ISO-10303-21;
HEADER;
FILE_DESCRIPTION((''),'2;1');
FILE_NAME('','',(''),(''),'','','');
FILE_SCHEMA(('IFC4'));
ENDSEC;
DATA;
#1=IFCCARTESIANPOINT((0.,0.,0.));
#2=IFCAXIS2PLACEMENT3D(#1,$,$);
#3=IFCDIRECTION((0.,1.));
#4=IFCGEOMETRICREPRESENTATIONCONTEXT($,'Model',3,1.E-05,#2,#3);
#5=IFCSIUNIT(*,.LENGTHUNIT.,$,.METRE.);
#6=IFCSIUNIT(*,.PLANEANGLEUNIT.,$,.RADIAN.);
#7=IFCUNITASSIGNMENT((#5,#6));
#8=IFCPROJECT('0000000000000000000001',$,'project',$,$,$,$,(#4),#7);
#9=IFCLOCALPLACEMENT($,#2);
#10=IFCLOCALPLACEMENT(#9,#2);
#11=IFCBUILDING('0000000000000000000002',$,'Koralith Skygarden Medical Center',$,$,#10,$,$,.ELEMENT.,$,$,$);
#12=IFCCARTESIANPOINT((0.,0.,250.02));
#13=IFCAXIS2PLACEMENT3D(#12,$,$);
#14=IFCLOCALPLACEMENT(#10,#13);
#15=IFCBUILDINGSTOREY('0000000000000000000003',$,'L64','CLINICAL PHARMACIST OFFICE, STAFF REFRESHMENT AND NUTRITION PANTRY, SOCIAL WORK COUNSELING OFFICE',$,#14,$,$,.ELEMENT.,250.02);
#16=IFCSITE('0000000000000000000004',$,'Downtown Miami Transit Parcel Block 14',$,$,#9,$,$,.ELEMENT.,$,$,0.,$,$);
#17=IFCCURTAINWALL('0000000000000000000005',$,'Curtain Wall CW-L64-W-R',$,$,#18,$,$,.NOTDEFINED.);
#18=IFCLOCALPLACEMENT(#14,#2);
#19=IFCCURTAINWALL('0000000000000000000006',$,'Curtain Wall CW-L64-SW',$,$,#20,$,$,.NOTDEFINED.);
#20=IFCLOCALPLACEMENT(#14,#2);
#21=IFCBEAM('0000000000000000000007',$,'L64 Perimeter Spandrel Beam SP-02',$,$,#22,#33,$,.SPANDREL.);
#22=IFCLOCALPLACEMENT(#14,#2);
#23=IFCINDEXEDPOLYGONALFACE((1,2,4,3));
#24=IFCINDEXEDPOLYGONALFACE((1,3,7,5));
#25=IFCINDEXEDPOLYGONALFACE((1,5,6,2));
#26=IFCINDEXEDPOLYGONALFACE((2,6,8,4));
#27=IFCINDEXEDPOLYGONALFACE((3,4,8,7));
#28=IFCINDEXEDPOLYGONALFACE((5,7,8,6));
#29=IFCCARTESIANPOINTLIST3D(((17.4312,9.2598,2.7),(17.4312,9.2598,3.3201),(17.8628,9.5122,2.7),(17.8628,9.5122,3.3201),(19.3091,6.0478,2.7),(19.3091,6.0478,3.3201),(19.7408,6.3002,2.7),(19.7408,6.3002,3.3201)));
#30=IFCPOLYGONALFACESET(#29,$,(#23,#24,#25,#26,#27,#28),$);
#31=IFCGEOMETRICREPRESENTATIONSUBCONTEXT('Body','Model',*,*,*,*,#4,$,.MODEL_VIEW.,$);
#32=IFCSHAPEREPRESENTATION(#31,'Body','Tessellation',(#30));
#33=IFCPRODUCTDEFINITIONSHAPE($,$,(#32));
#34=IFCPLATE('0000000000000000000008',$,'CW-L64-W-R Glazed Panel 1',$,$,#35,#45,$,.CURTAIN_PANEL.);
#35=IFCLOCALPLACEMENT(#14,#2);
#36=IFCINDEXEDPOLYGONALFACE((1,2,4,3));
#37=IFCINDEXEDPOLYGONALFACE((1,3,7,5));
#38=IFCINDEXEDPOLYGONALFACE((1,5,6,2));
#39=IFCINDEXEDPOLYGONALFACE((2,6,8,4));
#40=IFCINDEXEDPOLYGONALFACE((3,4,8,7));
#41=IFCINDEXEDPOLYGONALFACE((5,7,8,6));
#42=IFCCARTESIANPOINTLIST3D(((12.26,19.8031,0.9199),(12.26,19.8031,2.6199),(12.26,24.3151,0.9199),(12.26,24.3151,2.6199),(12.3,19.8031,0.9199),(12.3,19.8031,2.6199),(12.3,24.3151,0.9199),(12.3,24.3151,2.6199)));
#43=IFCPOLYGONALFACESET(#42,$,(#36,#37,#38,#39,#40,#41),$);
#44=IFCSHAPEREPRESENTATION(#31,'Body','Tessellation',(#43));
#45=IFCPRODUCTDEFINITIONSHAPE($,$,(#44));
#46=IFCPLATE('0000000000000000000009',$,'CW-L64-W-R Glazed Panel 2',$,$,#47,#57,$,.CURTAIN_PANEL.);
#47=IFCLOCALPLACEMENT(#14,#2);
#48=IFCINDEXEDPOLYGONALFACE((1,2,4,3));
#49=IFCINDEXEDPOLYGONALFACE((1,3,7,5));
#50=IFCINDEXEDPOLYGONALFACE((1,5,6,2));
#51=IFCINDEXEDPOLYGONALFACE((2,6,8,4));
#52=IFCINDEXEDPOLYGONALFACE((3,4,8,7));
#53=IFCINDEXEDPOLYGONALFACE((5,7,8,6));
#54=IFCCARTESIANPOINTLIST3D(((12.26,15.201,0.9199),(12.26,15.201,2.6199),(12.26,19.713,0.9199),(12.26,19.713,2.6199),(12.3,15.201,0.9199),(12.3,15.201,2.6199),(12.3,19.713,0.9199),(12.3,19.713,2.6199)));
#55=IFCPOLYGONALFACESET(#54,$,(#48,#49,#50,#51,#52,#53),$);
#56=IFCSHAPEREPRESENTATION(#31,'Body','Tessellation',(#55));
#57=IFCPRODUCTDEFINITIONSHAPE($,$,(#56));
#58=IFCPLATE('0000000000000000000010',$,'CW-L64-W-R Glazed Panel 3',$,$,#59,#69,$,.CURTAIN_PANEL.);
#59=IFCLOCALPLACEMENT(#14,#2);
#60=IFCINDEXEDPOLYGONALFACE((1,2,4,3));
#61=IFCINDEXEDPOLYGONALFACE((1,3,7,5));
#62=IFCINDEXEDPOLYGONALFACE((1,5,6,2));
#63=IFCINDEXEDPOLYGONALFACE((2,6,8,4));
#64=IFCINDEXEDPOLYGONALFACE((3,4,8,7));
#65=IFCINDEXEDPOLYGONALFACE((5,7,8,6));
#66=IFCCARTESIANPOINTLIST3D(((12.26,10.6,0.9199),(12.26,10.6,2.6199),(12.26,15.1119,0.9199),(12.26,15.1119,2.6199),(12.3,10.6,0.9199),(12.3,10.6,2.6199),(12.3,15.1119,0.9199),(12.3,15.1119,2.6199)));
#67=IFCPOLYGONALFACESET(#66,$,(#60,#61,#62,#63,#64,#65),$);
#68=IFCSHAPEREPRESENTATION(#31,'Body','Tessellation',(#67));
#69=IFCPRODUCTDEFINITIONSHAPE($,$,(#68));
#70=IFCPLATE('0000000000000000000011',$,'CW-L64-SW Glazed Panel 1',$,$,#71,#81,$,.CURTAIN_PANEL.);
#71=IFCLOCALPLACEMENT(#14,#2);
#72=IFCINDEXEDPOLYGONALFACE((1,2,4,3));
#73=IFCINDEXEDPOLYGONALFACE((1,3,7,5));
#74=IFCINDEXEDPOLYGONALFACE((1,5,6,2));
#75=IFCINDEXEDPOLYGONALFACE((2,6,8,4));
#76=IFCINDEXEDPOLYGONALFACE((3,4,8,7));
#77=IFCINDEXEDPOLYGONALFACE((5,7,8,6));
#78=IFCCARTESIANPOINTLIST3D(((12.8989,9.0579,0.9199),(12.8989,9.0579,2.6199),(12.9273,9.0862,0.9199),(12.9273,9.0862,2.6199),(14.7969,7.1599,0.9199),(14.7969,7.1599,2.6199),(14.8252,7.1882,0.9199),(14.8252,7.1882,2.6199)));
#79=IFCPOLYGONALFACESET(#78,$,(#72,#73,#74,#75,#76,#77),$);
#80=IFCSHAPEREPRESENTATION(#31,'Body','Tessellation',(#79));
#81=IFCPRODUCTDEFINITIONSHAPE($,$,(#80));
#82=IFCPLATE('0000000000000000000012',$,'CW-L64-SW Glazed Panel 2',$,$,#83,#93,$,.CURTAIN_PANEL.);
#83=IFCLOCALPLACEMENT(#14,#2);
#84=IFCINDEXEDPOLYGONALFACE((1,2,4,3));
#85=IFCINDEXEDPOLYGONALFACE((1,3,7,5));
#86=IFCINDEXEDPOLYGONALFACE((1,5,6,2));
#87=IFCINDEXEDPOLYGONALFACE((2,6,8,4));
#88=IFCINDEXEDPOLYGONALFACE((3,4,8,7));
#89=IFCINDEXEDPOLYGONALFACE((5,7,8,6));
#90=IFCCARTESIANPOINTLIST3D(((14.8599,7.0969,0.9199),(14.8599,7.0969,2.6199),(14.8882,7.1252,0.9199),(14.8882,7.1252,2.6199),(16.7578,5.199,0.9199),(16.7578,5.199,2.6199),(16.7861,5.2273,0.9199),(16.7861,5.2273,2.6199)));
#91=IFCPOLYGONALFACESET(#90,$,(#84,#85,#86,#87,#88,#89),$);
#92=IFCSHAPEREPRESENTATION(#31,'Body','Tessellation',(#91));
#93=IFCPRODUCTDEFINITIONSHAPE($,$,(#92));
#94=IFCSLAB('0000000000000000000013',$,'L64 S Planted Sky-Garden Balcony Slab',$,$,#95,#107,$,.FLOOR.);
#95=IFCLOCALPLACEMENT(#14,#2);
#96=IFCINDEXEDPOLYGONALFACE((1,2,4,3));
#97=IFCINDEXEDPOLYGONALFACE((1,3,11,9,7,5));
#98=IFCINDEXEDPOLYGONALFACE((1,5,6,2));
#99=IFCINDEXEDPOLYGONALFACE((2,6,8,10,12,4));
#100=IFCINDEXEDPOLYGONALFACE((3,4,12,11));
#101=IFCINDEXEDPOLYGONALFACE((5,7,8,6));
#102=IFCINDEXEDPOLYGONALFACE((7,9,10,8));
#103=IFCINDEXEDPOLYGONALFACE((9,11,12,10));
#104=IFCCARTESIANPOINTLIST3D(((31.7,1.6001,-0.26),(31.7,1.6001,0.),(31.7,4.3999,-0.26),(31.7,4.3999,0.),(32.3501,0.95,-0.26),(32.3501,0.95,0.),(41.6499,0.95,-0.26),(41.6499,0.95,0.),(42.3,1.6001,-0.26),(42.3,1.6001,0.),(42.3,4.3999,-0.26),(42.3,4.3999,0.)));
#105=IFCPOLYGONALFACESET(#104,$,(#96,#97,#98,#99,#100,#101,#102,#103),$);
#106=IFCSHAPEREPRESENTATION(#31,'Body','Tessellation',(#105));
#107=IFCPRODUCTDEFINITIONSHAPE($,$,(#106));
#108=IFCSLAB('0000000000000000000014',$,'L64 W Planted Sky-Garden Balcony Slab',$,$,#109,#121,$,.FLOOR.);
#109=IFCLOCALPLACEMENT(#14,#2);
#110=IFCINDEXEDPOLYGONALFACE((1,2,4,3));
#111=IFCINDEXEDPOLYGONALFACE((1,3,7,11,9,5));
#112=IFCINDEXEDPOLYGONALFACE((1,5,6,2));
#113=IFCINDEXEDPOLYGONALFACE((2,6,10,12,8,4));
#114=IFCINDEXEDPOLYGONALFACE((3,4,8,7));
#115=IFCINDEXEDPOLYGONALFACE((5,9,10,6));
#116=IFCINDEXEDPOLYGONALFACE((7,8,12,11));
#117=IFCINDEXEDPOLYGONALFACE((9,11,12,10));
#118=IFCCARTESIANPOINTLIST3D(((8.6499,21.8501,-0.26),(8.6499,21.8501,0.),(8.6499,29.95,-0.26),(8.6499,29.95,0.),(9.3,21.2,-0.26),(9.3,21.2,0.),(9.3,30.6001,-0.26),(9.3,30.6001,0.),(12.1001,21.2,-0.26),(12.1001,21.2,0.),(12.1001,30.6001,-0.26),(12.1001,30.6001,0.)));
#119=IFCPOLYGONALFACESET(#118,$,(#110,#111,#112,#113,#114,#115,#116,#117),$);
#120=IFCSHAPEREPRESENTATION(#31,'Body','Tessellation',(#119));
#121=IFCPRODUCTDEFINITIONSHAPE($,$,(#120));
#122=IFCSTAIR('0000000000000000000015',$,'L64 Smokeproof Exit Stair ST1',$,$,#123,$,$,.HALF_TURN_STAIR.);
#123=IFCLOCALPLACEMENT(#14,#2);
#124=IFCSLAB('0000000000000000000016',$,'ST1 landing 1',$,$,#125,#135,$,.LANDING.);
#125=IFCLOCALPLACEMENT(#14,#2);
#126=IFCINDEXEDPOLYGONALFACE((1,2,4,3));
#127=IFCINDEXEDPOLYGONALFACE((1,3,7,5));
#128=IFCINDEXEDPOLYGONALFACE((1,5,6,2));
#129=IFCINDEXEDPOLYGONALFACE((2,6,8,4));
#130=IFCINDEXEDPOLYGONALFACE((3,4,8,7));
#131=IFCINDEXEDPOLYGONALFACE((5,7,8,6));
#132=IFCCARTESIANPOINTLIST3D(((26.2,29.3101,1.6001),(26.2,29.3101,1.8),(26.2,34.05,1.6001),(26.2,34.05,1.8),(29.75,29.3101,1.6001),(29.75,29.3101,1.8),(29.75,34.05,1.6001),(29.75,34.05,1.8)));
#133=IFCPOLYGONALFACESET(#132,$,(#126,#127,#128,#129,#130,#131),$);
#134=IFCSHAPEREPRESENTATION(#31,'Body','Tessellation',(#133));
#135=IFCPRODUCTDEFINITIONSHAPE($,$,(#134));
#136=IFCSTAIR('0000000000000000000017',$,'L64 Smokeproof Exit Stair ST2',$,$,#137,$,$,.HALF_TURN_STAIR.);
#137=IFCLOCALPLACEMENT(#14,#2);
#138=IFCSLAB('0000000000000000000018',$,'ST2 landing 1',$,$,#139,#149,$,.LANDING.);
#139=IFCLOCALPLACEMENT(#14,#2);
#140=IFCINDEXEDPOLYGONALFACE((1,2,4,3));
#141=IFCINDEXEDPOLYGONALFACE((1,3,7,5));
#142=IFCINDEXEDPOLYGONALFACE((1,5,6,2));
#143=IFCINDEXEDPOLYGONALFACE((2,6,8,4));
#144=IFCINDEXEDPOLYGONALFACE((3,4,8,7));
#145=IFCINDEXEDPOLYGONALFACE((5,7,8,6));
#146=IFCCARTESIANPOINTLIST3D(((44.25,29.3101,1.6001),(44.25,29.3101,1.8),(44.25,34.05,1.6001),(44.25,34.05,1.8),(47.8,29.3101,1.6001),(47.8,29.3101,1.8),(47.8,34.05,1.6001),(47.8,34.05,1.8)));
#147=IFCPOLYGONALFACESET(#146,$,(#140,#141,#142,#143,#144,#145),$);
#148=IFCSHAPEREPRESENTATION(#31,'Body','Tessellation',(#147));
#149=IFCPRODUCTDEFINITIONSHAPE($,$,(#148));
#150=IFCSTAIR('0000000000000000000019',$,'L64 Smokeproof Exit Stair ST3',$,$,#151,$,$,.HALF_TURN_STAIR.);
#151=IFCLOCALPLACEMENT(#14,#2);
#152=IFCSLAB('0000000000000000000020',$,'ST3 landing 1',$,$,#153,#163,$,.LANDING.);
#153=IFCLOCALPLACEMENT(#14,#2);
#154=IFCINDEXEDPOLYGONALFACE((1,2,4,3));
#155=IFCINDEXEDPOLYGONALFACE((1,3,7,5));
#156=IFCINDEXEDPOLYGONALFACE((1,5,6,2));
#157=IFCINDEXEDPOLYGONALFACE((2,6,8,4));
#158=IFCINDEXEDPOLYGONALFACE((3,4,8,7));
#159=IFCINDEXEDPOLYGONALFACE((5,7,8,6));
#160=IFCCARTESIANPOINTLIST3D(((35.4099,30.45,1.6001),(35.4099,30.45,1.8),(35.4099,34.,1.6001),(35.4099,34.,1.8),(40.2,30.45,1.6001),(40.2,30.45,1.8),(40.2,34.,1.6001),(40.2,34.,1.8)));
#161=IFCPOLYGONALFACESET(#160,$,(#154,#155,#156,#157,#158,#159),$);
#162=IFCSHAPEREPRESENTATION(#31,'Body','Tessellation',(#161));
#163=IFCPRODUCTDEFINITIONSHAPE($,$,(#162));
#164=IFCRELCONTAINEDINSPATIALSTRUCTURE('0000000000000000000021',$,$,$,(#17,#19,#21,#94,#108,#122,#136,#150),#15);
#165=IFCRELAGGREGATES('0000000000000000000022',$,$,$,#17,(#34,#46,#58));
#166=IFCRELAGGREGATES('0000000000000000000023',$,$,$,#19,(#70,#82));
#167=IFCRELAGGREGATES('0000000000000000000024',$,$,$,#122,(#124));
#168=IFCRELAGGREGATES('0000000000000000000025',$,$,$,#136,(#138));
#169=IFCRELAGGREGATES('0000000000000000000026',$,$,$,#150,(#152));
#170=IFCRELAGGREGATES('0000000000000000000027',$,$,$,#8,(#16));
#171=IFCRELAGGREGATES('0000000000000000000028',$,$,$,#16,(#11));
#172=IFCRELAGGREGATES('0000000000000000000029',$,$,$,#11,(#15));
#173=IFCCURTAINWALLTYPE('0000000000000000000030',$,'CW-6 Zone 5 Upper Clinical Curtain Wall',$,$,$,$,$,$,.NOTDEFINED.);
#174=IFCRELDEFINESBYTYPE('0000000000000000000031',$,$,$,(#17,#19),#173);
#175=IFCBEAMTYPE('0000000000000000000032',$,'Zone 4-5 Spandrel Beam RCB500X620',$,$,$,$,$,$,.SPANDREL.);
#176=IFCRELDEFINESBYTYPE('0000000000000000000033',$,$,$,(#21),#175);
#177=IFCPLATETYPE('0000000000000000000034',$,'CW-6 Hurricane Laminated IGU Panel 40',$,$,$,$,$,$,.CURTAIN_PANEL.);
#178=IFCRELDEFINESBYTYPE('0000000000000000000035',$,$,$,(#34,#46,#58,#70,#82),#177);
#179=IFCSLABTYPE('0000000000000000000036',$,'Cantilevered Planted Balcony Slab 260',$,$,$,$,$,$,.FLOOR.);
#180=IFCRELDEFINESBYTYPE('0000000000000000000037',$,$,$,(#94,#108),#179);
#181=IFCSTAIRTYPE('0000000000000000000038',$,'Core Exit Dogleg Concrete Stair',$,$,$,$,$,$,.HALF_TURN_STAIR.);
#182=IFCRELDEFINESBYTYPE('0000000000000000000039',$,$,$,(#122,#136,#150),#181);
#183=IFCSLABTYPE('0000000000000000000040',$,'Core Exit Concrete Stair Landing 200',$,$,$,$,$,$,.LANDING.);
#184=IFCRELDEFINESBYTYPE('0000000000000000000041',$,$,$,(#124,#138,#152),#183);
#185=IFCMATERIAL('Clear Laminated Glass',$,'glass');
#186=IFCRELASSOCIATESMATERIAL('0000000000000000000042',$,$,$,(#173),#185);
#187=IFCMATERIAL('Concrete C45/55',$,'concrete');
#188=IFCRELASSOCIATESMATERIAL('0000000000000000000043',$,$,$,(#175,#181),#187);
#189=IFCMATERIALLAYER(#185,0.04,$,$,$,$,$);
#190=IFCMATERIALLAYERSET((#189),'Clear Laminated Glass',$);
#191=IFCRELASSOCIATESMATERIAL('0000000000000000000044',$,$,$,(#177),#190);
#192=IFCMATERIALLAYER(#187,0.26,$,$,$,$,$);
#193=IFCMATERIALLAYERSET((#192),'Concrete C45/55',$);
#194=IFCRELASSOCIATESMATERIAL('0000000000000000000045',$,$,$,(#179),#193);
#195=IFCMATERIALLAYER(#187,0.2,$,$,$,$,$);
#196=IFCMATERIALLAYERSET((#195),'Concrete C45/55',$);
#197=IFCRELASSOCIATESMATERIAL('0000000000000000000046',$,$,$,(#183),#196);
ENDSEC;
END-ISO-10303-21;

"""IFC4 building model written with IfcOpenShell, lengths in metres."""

from ifc_helpers import new_model, si_unit, direction, frame, origin, origin_2d, place, context, subcontext, project, spatial, polyline, rectangle, outline, extrude, material, layer, layer_set, material_profile, profile_set, type_object, element, aggregate, save


model = new_model("IFC4")

# Units and contexts
model_context = context("Model", 3, precision=1e-05, world=origin(), true_north=direction((0.0, 1.0)))
body_context = subcontext(model_context, "Body", "Model", "MODEL_VIEW")
ifc_project = project(units=[si_unit("LENGTHUNIT", "METRE"), si_unit("PLANEANGLEUNIT", "RADIAN")], contexts=[model_context])

# Site, building, storey
site_placement = place(None, origin())
site = spatial("IfcSite", under=ifc_project, at=site_placement, Name="Downtown Miami Transit Parcel Block 14", CompositionType="ELEMENT", RefElevation=0.0)
building_placement = place(site_placement, origin())
building = spatial("IfcBuilding", under=site, at=building_placement, Name="Koralith Skygarden Medical Center", CompositionType="ELEMENT")
storey_placement = place(building_placement, frame((0.0, 0.0, 250.02)))
storey = spatial("IfcBuildingStorey", under=building, at=storey_placement, Name="L64", Description="CLINICAL PHARMACIST OFFICE, STAFF REFRESHMENT AND NUTRITION PANTRY, SOCIAL WORK COUNSELING OFFICE", CompositionType="ELEMENT", Elevation=250.02)

# Curtain walls
ifc_material_1 = material(Name="Clear Laminated Glass", Category="glass")
curtain_wall_type = type_object("IfcCurtainWallType", Name="CW-6 Zone 5 Upper Clinical Curtain Wall", PredefinedType="NOTDEFINED", material=ifc_material_1)
curtain_wall_1_placement = place(storey_placement, origin())
curtain_wall_1 = element("IfcCurtainWall", 1, at=curtain_wall_1_placement, inside=storey, type_object=curtain_wall_type, Name="Curtain Wall CW-L64-W-R", PredefinedType="NOTDEFINED")
curtain_wall_2_placement = place(storey_placement, origin())
curtain_wall_2 = element("IfcCurtainWall", 2, at=curtain_wall_2_placement, inside=storey, type_object=curtain_wall_type, Name="Curtain Wall CW-L64-SW", PredefinedType="NOTDEFINED")

# Beam
ifc_material_2 = material(Name="Concrete C45/55", Category="concrete")
ifc_material_profile_1 = material_profile(ifc_material_2, rectangle(XDim=0.5, YDim=0.6201, at=origin_2d()), Name="RCB500X620")
ifc_profile_set_1 = profile_set([ifc_material_profile_1], Name="Concrete C45/55")
beam_type = type_object("IfcBeamType", Name="Zone 4-5 Spandrel Beam RCB500X620", PredefinedType="SPANDREL", material=ifc_profile_set_1)
beam_1_placement = place(storey_placement, frame((17.647, 9.386, 3.01), z_axis=(0.504736, -0.863274, 0.0), x_axis=(0.863274, 0.504736, 0.0)))
element("IfcBeam", 3, at=beam_1_placement, inside=storey, type_object=beam_type, Name="L64 Perimeter Spandrel Beam SP-02", PredefinedType="SPANDREL", context=body_context, shape_type="SweptSolid", body=[
    extrude(rectangle(XDim=0.5, YDim=0.6201, at=origin_2d()), origin(), (0.0, 0.0, 1.0), 3.7207),
])

# Plates
ifc_layer_1 = layer(ifc_material_1, 0.04)
ifc_layer_set_1 = layer_set([ifc_layer_1], Name="Clear Laminated Glass")
plate_type_1 = type_object("IfcPlateType", Name="CW-6 Hurricane Laminated IGU Panel 40", PredefinedType="CURTAIN_PANEL", material=ifc_layer_set_1)
plate_1_placement = place(storey_placement, frame((12.28, 22.0591, 0.9199), z_axis=(0.0, 0.0, 1.0), x_axis=(0.0, -1.0, 0.0)))
plate_1 = element("IfcPlate", 4, at=plate_1_placement, type_object=plate_type_1, Name="CW-L64-W-R Glazed Panel 1", PredefinedType="CURTAIN_PANEL", context=body_context, shape_type="SweptSolid", body=[
    extrude(rectangle(XDim=4.512, YDim=0.04, at=origin_2d()), origin(), (0.0, 0.0, 1.0), 1.7),
])
plate_2_placement = place(storey_placement, frame((12.28, 17.457, 0.9199), z_axis=(0.0, 0.0, 1.0), x_axis=(0.0, -1.0, 0.0)))
plate_2 = element("IfcPlate", 5, at=plate_2_placement, type_object=plate_type_1, Name="CW-L64-W-R Glazed Panel 2", PredefinedType="CURTAIN_PANEL", context=body_context, shape_type="SweptSolid", body=[
    extrude(rectangle(XDim=4.512, YDim=0.04, at=origin_2d()), origin(), (0.0, 0.0, 1.0), 1.7),
])
plate_3_placement = place(storey_placement, frame((12.28, 12.856, 0.9199), z_axis=(0.0, 0.0, 1.0), x_axis=(0.0, -1.0, 0.0)))
plate_3 = element("IfcPlate", 6, at=plate_3_placement, type_object=plate_type_1, Name="CW-L64-W-R Glazed Panel 3", PredefinedType="CURTAIN_PANEL", context=body_context, shape_type="SweptSolid", body=[
    extrude(rectangle(XDim=4.512, YDim=0.04, at=origin_2d()), origin(), (0.0, 0.0, 1.0), 1.7),
])
aggregate(curtain_wall_1, [plate_1, plate_2, plate_3])
plate_4_placement = place(storey_placement, frame((13.8621, 8.123, 0.9199), z_axis=(0.0, 0.0, 1.0), x_axis=(0.707107, -0.707107, 0.0)))
plate_4 = element("IfcPlate", 7, at=plate_4_placement, type_object=plate_type_1, Name="CW-L64-SW Glazed Panel 1", PredefinedType="CURTAIN_PANEL", context=body_context, shape_type="SweptSolid", body=[
    extrude(rectangle(XDim=2.6841, YDim=0.04, at=origin_2d()), origin(), (0.0, 0.0, 1.0), 1.7),
])
plate_5_placement = place(storey_placement, frame((15.823, 6.1621, 0.9199), z_axis=(0.0, 0.0, 1.0), x_axis=(0.707107, -0.707107, 0.0)))
plate_5 = element("IfcPlate", 8, at=plate_5_placement, type_object=plate_type_1, Name="CW-L64-SW Glazed Panel 2", PredefinedType="CURTAIN_PANEL", context=body_context, shape_type="SweptSolid", body=[
    extrude(rectangle(XDim=2.6841, YDim=0.04, at=origin_2d()), origin(), (0.0, 0.0, 1.0), 1.7),
])
aggregate(curtain_wall_2, [plate_4, plate_5])

# Slabs
ifc_layer_2 = layer(ifc_material_2, 0.26)
ifc_layer_set_2 = layer_set([ifc_layer_2], Name="Concrete C45/55")
slab_type_1 = type_object("IfcSlabType", Name="Cantilevered Planted Balcony Slab 260", PredefinedType="FLOOR", material=ifc_layer_set_2)
slab_1_placement = place(storey_placement, frame((0.0, 0.0, -0.26)))
element("IfcSlab", 9, at=slab_1_placement, inside=storey, type_object=slab_type_1, Name="L64 S Planted Sky-Garden Balcony Slab", PredefinedType="FLOOR", context=body_context, shape_type="SweptSolid", body=[
    extrude(outline(polyline([(32.3501, 0.95), (41.6499, 0.95), (42.3, 1.6001), (42.3, 4.3999), (31.7, 4.3999), (31.7, 1.6001), (32.3501, 0.95)])), origin(), (0.0, 0.0, 1.0), 0.26),
])
slab_2_placement = place(storey_placement, frame((0.0, 0.0, -0.26)))
element("IfcSlab", 10, at=slab_2_placement, inside=storey, type_object=slab_type_1, Name="L64 W Planted Sky-Garden Balcony Slab", PredefinedType="FLOOR", context=body_context, shape_type="SweptSolid", body=[
    extrude(outline(polyline([(9.3, 21.2), (12.1001, 21.2), (12.1001, 30.6001), (9.3, 30.6001), (8.6499, 29.95), (8.6499, 21.8501), (9.3, 21.2)])), origin(), (0.0, 0.0, 1.0), 0.26),
])

# Stairs, slabs
stair_type = type_object("IfcStairType", Name="Core Exit Dogleg Concrete Stair", PredefinedType="HALF_TURN_STAIR", material=ifc_material_2)
stair_1_placement = place(storey_placement, origin())
stair_1 = element("IfcStair", 11, at=stair_1_placement, inside=storey, type_object=stair_type, Name="L64 Smokeproof Exit Stair ST1", PredefinedType="HALF_TURN_STAIR")
ifc_layer_3 = layer(ifc_material_2, 0.2)
ifc_layer_set_3 = layer_set([ifc_layer_3], Name="Concrete C45/55")
slab_type_2 = type_object("IfcSlabType", Name="Core Exit Concrete Stair Landing 200", PredefinedType="LANDING", material=ifc_layer_set_3)
slab_3_placement = place(storey_placement, frame((0.0, 0.0, 1.6001)))
slab_3 = element("IfcSlab", 12, at=slab_3_placement, type_object=slab_type_2, Name="ST1 landing 1", PredefinedType="LANDING", context=body_context, shape_type="SweptSolid", body=[
    extrude(outline(polyline([(29.75, 29.3101), (29.75, 34.05), (26.2, 34.05), (26.2, 29.3101), (29.75, 29.3101)])), origin(), (0.0, 0.0, 1.0), 0.2),
])
aggregate(stair_1, [slab_3])
stair_2_placement = place(storey_placement, origin())
stair_2 = element("IfcStair", 13, at=stair_2_placement, inside=storey, type_object=stair_type, Name="L64 Smokeproof Exit Stair ST2", PredefinedType="HALF_TURN_STAIR")
slab_4_placement = place(storey_placement, frame((0.0, 0.0, 1.6001)))
slab_4 = element("IfcSlab", 14, at=slab_4_placement, type_object=slab_type_2, Name="ST2 landing 1", PredefinedType="LANDING", context=body_context, shape_type="SweptSolid", body=[
    extrude(outline(polyline([(47.8, 29.3101), (47.8, 34.05), (44.25, 34.05), (44.25, 29.3101), (47.8, 29.3101)])), origin(), (0.0, 0.0, 1.0), 0.2),
])
aggregate(stair_2, [slab_4])
stair_3_placement = place(storey_placement, origin())
stair_3 = element("IfcStair", 15, at=stair_3_placement, inside=storey, type_object=stair_type, Name="L64 Smokeproof Exit Stair ST3", PredefinedType="HALF_TURN_STAIR")
slab_5_placement = place(storey_placement, frame((0.0, 0.0, 1.6001)))
slab_5 = element("IfcSlab", 16, at=slab_5_placement, type_object=slab_type_2, Name="ST3 landing 1", PredefinedType="LANDING", context=body_context, shape_type="SweptSolid", body=[
    extrude(outline(polyline([(35.4099, 30.45), (40.2, 30.45), (40.2, 34.0), (35.4099, 34.0), (35.4099, 30.45)])), origin(), (0.0, 0.0, 1.0), 0.2),
])
aggregate(stair_3, [slab_5])

save(model, "model.ifc")
